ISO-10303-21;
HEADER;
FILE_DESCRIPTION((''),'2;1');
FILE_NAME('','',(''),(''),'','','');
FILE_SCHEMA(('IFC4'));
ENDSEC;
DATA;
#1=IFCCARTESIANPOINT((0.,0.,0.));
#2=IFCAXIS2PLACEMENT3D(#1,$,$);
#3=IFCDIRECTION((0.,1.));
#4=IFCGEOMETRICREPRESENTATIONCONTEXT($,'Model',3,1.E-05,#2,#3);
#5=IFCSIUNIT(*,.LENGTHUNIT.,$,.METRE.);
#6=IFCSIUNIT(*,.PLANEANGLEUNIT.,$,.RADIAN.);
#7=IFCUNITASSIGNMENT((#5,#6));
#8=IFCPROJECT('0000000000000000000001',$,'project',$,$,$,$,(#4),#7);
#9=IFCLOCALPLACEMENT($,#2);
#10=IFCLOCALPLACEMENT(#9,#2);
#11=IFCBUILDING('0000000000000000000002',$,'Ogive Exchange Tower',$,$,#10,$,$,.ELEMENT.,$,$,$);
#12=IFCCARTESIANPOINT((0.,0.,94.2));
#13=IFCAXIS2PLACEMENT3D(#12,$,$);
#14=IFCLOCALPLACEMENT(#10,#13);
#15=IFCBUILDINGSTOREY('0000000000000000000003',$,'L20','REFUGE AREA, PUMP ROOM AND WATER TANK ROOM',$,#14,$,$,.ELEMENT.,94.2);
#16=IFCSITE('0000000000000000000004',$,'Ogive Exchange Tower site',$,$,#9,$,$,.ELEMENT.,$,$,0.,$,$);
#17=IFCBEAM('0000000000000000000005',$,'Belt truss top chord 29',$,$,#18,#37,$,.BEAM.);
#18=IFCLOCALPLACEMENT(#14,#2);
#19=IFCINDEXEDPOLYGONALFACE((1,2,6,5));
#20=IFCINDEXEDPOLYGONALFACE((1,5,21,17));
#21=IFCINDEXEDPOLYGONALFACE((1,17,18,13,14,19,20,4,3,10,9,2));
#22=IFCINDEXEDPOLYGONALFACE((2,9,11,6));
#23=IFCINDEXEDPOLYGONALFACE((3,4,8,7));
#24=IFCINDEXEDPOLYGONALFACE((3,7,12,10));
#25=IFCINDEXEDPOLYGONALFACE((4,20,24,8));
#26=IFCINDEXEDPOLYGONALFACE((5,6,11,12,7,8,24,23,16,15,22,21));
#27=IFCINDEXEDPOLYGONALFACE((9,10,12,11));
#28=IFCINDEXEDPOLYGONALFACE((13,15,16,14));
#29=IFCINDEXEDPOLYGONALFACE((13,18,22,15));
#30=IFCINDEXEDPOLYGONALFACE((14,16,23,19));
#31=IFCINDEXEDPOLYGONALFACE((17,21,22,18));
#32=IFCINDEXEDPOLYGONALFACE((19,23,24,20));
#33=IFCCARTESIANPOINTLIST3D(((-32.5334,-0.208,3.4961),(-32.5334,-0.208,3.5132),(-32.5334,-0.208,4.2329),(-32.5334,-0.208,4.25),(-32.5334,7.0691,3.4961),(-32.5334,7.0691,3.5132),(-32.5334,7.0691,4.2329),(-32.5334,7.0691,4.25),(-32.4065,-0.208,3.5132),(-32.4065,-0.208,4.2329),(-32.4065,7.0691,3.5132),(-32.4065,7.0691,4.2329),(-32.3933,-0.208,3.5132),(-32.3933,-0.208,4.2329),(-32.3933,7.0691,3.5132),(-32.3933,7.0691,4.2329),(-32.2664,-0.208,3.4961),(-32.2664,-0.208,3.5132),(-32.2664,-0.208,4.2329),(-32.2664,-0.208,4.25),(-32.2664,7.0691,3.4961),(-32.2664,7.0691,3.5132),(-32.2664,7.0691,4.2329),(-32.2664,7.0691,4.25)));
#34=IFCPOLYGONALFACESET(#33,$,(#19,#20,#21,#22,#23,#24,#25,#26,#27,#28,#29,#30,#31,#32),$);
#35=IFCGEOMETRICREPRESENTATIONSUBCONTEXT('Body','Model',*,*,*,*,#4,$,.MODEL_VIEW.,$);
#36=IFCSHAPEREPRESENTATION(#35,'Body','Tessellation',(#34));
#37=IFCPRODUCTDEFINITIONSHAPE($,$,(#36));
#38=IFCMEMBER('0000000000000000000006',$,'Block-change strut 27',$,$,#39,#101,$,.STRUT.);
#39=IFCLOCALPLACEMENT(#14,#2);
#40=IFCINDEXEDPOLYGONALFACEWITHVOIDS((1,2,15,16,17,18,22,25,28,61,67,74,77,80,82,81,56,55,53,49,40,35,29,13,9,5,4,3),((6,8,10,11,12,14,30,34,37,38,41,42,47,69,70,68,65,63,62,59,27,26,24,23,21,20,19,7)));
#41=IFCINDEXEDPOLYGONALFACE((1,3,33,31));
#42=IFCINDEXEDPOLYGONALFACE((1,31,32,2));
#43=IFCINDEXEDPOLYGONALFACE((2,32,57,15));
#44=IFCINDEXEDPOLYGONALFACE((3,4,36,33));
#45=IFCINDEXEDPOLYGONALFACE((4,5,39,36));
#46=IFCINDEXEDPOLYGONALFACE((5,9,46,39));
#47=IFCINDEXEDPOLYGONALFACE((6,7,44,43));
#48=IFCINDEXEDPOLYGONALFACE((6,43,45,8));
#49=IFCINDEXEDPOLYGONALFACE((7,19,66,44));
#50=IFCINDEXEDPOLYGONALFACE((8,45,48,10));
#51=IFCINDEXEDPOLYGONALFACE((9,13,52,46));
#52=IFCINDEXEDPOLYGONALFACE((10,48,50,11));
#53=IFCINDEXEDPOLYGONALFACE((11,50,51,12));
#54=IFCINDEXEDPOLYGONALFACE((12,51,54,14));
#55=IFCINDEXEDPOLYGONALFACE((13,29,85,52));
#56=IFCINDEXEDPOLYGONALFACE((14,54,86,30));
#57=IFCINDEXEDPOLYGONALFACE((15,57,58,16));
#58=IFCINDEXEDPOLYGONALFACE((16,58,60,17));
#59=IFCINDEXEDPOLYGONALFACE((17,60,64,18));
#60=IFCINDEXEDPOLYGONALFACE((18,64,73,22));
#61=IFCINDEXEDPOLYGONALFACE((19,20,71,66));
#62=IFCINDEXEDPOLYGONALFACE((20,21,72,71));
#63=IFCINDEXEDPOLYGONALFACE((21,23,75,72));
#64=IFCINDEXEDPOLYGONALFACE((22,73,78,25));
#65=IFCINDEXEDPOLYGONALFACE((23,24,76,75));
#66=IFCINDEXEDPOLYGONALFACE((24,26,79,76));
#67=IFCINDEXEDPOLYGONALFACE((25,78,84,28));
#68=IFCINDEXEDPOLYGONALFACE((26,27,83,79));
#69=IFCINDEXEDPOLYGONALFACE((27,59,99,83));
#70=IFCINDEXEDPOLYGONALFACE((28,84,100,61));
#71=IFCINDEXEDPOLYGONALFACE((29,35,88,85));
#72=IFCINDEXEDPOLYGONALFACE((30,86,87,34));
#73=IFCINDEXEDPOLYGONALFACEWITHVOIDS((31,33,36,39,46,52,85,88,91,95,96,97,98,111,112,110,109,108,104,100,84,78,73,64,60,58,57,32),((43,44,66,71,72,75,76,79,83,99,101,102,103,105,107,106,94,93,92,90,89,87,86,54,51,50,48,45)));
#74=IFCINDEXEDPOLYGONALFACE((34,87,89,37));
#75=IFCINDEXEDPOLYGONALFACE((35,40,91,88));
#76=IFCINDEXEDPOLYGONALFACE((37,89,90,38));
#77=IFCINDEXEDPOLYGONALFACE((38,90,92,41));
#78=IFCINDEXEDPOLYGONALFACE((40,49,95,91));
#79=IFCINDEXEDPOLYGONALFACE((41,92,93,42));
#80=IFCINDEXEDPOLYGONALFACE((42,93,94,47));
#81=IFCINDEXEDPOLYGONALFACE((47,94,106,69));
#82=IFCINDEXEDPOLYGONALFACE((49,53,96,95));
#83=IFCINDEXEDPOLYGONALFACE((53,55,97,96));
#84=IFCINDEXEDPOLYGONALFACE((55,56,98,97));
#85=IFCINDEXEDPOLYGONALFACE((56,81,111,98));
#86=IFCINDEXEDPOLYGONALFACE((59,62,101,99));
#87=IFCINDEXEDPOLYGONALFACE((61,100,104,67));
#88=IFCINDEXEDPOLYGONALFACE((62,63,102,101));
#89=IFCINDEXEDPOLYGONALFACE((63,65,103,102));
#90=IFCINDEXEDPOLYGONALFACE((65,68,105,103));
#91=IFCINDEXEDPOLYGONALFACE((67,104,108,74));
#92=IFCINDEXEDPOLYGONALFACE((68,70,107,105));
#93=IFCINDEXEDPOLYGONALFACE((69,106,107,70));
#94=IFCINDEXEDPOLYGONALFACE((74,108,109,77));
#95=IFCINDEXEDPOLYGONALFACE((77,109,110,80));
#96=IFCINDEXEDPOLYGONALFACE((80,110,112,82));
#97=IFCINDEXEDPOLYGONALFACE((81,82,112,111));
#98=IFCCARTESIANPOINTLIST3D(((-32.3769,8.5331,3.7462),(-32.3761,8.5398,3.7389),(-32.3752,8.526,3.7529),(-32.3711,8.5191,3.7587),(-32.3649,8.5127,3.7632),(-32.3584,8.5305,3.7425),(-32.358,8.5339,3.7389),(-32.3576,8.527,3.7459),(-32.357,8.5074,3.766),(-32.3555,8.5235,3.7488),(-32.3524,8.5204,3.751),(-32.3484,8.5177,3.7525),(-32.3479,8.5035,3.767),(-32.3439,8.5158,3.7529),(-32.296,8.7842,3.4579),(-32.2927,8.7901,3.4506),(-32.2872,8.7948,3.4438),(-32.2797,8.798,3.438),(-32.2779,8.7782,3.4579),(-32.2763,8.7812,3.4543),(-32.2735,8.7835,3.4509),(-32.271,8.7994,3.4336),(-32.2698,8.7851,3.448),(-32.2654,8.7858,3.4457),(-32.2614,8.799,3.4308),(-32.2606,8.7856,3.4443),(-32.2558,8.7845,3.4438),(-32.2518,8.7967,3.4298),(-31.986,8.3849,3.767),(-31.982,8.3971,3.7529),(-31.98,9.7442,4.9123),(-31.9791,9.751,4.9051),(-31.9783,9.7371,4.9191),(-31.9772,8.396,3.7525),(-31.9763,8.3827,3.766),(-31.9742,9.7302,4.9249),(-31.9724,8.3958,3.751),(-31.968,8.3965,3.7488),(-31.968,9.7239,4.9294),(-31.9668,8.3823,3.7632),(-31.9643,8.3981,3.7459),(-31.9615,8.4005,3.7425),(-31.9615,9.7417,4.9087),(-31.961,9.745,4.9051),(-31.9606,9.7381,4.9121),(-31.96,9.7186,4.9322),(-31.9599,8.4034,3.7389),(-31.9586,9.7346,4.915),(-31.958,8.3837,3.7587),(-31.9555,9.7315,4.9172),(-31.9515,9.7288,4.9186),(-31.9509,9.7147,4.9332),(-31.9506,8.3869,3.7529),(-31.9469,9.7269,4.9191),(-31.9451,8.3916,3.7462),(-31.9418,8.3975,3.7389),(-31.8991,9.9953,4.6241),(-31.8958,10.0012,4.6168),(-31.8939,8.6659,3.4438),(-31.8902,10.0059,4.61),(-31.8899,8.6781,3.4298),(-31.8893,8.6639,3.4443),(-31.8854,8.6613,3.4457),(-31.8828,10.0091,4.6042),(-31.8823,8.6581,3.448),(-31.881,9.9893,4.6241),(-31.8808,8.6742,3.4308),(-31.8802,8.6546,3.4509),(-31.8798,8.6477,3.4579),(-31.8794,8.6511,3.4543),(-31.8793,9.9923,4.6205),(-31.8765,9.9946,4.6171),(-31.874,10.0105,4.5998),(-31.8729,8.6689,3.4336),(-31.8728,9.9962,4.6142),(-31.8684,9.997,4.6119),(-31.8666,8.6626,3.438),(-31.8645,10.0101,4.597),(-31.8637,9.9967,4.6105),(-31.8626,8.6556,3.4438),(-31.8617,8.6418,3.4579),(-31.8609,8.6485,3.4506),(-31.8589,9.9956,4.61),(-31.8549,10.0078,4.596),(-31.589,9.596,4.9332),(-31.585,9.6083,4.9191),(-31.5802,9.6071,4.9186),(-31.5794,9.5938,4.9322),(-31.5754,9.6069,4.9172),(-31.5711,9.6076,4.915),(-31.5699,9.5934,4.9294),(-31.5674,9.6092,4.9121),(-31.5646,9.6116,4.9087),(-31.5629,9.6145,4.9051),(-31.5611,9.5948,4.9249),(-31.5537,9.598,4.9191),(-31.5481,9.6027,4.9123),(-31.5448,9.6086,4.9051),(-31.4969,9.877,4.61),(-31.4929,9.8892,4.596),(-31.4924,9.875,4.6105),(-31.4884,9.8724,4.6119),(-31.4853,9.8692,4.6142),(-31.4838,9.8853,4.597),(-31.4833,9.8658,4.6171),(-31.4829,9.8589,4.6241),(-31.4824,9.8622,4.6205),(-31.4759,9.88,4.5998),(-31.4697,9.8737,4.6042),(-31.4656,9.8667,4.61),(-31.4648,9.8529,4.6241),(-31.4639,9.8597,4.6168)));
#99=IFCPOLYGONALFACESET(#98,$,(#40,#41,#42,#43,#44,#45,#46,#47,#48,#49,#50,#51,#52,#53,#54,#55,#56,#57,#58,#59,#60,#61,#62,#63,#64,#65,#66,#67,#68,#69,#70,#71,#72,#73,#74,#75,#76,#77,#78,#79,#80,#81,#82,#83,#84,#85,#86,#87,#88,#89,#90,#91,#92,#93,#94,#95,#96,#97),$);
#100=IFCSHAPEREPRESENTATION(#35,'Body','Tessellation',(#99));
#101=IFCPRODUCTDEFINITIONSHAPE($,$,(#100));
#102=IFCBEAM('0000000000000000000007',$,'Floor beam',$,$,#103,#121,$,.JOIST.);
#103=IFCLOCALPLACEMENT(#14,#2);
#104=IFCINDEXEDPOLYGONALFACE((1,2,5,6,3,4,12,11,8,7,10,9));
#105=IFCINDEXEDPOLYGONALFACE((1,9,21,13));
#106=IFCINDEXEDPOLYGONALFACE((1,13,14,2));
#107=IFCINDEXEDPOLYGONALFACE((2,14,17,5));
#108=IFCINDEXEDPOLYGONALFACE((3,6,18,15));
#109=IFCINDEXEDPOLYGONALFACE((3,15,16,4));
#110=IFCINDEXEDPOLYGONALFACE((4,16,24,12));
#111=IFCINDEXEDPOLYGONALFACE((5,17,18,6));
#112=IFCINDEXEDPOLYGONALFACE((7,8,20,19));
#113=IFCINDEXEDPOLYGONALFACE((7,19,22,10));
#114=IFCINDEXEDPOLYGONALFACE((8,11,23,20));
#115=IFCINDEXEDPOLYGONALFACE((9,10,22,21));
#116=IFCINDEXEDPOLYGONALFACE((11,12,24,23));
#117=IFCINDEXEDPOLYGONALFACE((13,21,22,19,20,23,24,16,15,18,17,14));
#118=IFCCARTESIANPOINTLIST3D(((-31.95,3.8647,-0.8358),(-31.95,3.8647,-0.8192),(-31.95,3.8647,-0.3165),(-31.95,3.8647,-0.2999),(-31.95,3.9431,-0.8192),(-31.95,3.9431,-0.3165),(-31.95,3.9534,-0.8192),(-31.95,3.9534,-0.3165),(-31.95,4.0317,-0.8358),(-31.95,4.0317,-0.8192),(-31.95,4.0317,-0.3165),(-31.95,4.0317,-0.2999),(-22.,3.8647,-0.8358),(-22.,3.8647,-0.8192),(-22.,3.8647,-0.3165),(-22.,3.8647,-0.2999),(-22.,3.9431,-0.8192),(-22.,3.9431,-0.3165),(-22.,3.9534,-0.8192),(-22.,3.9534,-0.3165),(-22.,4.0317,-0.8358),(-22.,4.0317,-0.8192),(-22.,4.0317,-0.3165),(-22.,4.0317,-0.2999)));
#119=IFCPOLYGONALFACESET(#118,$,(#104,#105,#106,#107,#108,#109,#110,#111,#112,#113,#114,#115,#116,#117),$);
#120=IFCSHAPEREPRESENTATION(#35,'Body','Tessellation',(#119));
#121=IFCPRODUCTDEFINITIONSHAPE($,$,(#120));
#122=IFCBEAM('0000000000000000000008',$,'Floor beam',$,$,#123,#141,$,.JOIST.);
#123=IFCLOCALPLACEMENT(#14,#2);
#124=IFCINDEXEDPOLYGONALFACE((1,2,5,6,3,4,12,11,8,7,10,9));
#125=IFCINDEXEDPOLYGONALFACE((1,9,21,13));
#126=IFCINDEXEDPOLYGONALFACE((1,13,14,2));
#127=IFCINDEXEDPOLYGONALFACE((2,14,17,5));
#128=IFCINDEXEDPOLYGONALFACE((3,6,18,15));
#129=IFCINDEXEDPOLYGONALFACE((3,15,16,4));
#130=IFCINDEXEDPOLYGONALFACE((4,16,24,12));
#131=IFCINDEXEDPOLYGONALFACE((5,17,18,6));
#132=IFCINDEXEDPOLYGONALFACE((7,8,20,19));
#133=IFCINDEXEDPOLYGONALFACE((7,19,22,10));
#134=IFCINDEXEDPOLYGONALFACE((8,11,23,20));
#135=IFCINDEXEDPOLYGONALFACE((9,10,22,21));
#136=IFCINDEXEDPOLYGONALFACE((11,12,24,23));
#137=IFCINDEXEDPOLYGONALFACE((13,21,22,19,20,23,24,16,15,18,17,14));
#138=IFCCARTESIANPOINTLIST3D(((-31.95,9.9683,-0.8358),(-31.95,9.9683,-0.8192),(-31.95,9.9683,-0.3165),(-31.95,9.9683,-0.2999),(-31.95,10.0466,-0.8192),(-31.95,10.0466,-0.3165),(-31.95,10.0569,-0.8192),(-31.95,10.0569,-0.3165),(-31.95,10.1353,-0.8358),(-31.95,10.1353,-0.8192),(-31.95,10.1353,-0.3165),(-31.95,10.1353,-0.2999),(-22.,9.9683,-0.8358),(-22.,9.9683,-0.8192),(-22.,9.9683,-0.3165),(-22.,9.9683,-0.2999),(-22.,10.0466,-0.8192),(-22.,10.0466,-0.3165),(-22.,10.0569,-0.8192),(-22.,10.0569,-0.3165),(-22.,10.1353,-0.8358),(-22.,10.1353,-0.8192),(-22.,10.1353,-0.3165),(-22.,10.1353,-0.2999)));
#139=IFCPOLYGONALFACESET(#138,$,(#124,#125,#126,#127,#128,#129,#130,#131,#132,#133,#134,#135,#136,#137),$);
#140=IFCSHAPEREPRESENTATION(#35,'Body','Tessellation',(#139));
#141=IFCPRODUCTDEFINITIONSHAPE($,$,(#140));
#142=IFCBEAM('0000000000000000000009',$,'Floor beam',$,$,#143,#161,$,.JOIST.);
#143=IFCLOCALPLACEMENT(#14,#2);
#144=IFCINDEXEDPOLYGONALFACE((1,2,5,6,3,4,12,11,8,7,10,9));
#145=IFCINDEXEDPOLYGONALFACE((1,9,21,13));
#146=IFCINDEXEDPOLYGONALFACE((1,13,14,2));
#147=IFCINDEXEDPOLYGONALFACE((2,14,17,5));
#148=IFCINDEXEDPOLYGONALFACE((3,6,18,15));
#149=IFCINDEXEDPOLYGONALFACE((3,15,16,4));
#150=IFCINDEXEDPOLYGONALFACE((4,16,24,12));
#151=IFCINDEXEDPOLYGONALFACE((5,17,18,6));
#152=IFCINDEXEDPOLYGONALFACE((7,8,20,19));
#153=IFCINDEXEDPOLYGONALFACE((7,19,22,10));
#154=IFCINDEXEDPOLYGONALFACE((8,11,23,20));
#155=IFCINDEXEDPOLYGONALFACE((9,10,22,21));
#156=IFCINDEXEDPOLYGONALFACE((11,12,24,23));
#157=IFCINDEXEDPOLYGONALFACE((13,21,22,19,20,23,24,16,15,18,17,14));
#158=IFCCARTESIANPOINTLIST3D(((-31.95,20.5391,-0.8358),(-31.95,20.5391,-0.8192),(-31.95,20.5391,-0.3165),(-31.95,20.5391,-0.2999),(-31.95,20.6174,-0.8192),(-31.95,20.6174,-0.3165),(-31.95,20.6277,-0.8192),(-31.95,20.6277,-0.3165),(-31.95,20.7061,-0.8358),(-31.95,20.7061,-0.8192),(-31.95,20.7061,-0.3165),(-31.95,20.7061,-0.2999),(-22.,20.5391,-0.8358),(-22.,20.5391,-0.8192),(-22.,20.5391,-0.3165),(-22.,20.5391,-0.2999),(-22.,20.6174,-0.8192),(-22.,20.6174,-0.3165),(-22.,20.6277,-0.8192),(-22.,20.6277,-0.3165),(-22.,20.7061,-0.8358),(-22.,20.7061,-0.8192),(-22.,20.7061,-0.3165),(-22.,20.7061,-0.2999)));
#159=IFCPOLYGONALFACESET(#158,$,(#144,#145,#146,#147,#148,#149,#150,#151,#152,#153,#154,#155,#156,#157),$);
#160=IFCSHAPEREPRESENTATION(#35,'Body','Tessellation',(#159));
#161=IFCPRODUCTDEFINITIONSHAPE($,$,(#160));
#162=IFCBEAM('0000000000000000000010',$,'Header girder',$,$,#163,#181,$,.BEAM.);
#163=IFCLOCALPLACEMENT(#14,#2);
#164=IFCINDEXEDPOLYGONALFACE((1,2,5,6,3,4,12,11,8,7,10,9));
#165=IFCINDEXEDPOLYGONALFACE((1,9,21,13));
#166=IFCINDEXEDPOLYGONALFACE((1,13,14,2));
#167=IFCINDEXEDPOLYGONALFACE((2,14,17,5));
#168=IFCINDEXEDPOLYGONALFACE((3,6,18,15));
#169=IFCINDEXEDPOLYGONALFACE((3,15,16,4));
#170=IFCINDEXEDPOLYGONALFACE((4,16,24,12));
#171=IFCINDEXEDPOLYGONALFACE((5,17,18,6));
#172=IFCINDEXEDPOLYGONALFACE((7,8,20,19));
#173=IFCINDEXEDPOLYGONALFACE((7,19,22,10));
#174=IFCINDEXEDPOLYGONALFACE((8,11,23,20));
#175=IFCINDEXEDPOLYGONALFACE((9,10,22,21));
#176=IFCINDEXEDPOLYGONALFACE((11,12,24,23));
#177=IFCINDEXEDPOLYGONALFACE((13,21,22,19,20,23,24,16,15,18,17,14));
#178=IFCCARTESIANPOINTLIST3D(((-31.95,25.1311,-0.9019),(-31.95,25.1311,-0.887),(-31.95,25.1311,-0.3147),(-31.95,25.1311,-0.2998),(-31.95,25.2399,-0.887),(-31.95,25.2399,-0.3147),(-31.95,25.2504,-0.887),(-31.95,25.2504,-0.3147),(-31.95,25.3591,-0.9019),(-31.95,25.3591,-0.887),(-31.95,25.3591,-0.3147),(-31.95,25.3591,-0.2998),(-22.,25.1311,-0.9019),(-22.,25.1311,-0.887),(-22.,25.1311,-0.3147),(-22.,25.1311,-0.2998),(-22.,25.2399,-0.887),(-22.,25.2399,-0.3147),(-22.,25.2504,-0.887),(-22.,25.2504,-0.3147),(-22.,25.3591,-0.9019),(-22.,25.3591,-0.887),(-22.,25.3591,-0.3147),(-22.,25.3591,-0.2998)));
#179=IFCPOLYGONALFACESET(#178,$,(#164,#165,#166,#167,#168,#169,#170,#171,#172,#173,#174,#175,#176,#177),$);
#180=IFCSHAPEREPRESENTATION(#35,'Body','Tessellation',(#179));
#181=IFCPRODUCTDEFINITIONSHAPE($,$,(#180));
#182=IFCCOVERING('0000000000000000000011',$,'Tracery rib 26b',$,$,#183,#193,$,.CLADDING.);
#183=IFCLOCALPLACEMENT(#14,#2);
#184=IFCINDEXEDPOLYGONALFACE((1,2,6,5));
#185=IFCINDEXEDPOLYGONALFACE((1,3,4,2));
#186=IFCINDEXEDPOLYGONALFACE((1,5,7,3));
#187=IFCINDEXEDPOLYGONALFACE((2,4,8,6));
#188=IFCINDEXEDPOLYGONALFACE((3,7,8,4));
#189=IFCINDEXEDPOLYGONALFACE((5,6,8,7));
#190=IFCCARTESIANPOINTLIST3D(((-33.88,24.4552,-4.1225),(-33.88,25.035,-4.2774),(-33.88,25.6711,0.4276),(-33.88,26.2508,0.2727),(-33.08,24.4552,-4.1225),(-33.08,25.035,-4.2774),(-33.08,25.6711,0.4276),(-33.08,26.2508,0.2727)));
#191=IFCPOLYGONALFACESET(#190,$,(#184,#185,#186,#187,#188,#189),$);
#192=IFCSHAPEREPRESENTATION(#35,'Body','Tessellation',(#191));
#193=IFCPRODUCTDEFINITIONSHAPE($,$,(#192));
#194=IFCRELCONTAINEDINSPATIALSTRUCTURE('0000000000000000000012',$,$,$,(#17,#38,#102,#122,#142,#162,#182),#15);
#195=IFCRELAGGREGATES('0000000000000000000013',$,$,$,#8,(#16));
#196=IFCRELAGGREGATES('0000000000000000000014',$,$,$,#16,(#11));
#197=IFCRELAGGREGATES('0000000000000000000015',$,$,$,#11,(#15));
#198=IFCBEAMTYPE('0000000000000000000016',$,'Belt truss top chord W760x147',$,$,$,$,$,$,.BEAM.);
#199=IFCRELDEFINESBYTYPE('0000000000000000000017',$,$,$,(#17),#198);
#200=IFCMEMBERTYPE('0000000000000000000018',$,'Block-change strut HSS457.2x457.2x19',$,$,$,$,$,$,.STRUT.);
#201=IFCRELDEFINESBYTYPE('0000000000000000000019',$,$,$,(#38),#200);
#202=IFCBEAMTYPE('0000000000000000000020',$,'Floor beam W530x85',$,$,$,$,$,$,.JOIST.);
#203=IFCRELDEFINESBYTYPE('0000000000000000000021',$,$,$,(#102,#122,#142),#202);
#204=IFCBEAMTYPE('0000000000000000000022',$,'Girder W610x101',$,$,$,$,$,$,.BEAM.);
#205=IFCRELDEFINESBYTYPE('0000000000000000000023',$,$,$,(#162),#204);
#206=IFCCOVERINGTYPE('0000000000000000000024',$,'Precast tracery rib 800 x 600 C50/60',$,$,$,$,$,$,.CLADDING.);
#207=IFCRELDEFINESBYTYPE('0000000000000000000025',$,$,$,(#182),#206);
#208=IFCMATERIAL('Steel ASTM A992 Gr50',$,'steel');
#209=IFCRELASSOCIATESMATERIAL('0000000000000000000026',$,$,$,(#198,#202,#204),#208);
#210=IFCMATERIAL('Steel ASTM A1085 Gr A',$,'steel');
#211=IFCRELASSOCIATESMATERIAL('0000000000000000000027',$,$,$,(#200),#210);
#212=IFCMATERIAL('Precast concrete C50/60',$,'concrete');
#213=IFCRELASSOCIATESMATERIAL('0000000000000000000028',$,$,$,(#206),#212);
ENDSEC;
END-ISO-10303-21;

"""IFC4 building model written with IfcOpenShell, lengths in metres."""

from ifc_helpers import new_model, si_unit, direction, frame, origin, origin_2d, place, context, subcontext, project, spatial, rectangle, hollow_rectangle, i_section, extrude, material, material_profile, profile_set, type_object, element, save


model = new_model("IFC4")

# Units and contexts
model_context = context("Model", 3, precision=1e-05, world=origin(), true_north=direction((0.0, 1.0)))
body_context = subcontext(model_context, "Body", "Model", "MODEL_VIEW")
ifc_project = project(units=[si_unit("LENGTHUNIT", "METRE"), si_unit("PLANEANGLEUNIT", "RADIAN")], contexts=[model_context])

# Site, building, storey
site_placement = place(None, origin())
site = spatial("IfcSite", under=ifc_project, at=site_placement, Name="Ogive Exchange Tower site", CompositionType="ELEMENT", RefElevation=0.0)
building_placement = place(site_placement, origin())
building = spatial("IfcBuilding", under=site, at=building_placement, Name="Ogive Exchange Tower", CompositionType="ELEMENT")
storey_placement = place(building_placement, frame((0.0, 0.0, 94.2)))
storey = spatial("IfcBuildingStorey", under=building, at=storey_placement, Name="L20", Description="REFUGE AREA, PUMP ROOM AND WATER TANK ROOM", CompositionType="ELEMENT", Elevation=94.2)

# Shared definitions
ifc_material_1 = material(Name="Steel ASTM A992 Gr50", Category="steel")

# Shared definitions
ifc_material_2 = material(Name="Steel ASTM A1085 Gr A", Category="steel")

# Beam
ifc_material_profile_1 = material_profile(ifc_material_1, i_section(OverallWidth=0.2671, OverallDepth=0.7539, WebThickness=0.0132, FlangeThickness=0.0171, at=origin_2d()), Name="W760x147")
ifc_profile_set_1 = profile_set([ifc_material_profile_1], Name="Steel ASTM A992 Gr50")
beam_type_1 = type_object("IfcBeamType", Name="Belt truss top chord W760x147", PredefinedType="BEAM", material=ifc_profile_set_1)
beam_1_placement = place(storey_placement, frame((-32.3999, 7.0691, 3.873), z_axis=(0.0, -1.0, 0.0), x_axis=(1.0, 0.0, 0.0)))
element("IfcBeam", 1, at=beam_1_placement, inside=storey, type_object=beam_type_1, Name="Belt truss top chord 29", PredefinedType="BEAM", context=body_context, shape_type="SweptSolid", body=[
    extrude(i_section(OverallWidth=0.2671, OverallDepth=0.7539, WebThickness=0.0132, FlangeThickness=0.0171, at=origin_2d()), origin(), (0.0, 0.0, 1.0), 7.2771),
])

# Member
ifc_material_profile_2 = material_profile(ifc_material_2, hollow_rectangle(XDim=0.457, YDim=0.457, WallThickness=0.019, InnerFilletRadius=0.019, OuterFilletRadius=0.0381, at=origin_2d()), Name="HSS457.2x457.2x19")
ifc_profile_set_2 = profile_set([ifc_material_profile_2], Name="Steel ASTM A1085 Gr A")
member_type_1 = type_object("IfcMemberType", Name="Block-change strut HSS457.2x457.2x19", PredefinedType="STRUT", material=ifc_profile_set_2)
member_1_placement = place(storey_placement, frame((-32.1189, 8.5908, 3.5984), z_axis=(0.229779, 0.701065, 0.675063), x_axis=(-0.950261, 0.311454, 0.0)))
element("IfcMember", 2, at=member_1_placement, inside=storey, type_object=member_type_1, Name="Block-change strut 27", PredefinedType="STRUT", context=body_context, shape_type="SweptSolid", body=[
    extrude(hollow_rectangle(XDim=0.457, YDim=0.457, WallThickness=0.019, InnerFilletRadius=0.019, OuterFilletRadius=0.0381, at=origin_2d()), origin(), (0.0, 0.0, 1.0), 1.7275),
])

# Beams
ifc_material_profile_3 = material_profile(ifc_material_1, i_section(OverallWidth=0.167, OverallDepth=0.5359, WebThickness=0.0103, FlangeThickness=0.0166, at=origin_2d()), Name="W530x85")
ifc_profile_set_3 = profile_set([ifc_material_profile_3], Name="Steel ASTM A992 Gr50")
beam_type_2 = type_object("IfcBeamType", Name="Floor beam W530x85", PredefinedType="JOIST", material=ifc_profile_set_3)
for number, where, z_axis, x_axis, name in (
    (3, (-31.95, 3.9482, -0.5679), (1.0, 0.0, 0.0), (0.0, 1.0, 0.0), "Floor beam"),
    (4, (-31.95, 10.0518, -0.5679), (1.0, 0.0, 0.0), (0.0, 1.0, 0.0), "Floor beam"),
    (5, (-31.95, 20.6226, -0.5679), (1.0, 0.0, 0.0), (0.0, 1.0, 0.0), "Floor beam"),
):
    element("IfcBeam", number, at=place(storey_placement, frame(where, z_axis=z_axis, x_axis=x_axis)), inside=storey, type_object=beam_type_2, Name=name, PredefinedType="JOIST", context=body_context, shape_type="SweptSolid", body=[
        extrude(i_section(OverallWidth=0.167, OverallDepth=0.5359, WebThickness=0.0103, FlangeThickness=0.0166, at=origin_2d()), origin(), (0.0, 0.0, 1.0), 9.95),
    ])
ifc_material_profile_4 = material_profile(ifc_material_1, i_section(OverallWidth=0.228, OverallDepth=0.6021, WebThickness=0.0105, FlangeThickness=0.0149, at=origin_2d()), Name="W610x101")
ifc_profile_set_4 = profile_set([ifc_material_profile_4], Name="Steel ASTM A992 Gr50")
beam_type_3 = type_object("IfcBeamType", Name="Girder W610x101", PredefinedType="BEAM", material=ifc_profile_set_4)
beam_2_placement = place(storey_placement, frame((-31.95, 25.2451, -0.6008), z_axis=(1.0, 0.0, 0.0), x_axis=(0.0, 1.0, 0.0)))
element("IfcBeam", 6, at=beam_2_placement, inside=storey, type_object=beam_type_3, Name="Header girder", PredefinedType="BEAM", context=body_context, shape_type="SweptSolid", body=[
    extrude(i_section(OverallWidth=0.228, OverallDepth=0.6021, WebThickness=0.0105, FlangeThickness=0.0149, at=origin_2d()), origin(), (0.0, 0.0, 1.0), 9.95),
])

# Covering
ifc_material_3 = material(Name="Precast concrete C50/60", Category="concrete")
ifc_material_profile_5 = material_profile(ifc_material_3, rectangle(XDim=0.8, YDim=0.6001, at=origin_2d()), Name="RIB 800 x 600")
ifc_profile_set_5 = profile_set([ifc_material_profile_5], Name="Precast concrete C50/60")
covering_type = type_object("IfcCoveringType", Name="Precast tracery rib 800 x 600 C50/60", PredefinedType="CLADDING", material=ifc_profile_set_5)
covering_1_placement = place(storey_placement, frame((-33.48, 24.7451, -4.2), z_axis=(0.0, 0.258153, 0.966104), x_axis=(-1.0, 0.0, 0.0)))
element("IfcCovering", 7, at=covering_1_placement, inside=storey, type_object=covering_type, Name="Tracery rib 26b", PredefinedType="CLADDING", context=body_context, shape_type="SweptSolid", body=[
    extrude(rectangle(XDim=0.8, YDim=0.6001, at=origin_2d()), origin(), (0.0, 0.0, 1.0), 4.7097),
])

save(model, "model.ifc")
